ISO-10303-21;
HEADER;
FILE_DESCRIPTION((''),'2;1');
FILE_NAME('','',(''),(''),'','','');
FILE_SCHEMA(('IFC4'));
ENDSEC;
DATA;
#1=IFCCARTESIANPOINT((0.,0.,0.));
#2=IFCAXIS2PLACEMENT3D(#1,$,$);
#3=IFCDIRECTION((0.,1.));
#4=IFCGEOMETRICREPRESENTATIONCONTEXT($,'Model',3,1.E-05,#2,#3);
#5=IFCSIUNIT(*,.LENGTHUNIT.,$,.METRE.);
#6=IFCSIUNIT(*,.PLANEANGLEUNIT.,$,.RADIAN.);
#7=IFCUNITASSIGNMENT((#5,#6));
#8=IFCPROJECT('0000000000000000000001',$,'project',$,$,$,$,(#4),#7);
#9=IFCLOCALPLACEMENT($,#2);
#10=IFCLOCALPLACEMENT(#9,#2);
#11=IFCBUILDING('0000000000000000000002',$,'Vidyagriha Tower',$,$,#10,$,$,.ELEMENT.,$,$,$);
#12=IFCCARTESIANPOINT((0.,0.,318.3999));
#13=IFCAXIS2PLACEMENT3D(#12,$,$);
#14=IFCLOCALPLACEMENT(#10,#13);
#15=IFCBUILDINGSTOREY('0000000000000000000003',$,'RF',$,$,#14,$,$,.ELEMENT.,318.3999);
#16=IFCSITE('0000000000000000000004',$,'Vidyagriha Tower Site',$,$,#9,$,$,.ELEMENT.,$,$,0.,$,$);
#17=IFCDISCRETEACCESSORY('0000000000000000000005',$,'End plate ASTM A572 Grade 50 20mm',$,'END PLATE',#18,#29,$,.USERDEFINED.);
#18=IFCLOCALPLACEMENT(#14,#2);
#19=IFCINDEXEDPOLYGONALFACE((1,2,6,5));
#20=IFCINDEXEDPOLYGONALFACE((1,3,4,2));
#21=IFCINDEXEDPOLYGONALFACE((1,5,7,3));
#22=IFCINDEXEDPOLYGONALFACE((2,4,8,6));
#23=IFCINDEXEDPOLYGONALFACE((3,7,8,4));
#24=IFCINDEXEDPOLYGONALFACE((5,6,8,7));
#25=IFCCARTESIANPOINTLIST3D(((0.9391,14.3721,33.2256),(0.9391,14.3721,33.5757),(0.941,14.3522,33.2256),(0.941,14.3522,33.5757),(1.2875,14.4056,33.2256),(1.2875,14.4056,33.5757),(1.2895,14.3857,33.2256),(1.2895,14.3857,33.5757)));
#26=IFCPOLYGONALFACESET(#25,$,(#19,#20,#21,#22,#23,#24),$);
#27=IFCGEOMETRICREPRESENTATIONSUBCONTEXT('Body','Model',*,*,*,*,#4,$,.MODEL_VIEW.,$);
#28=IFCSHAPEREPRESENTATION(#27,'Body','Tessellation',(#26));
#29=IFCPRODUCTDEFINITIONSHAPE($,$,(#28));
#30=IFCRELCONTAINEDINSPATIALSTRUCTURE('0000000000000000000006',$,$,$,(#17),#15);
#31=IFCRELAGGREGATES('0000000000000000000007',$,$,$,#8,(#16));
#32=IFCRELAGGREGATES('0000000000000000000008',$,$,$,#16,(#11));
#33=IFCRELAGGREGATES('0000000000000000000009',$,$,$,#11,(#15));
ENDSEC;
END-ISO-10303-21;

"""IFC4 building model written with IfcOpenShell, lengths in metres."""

from ifc_helpers import new_model, si_unit, direction, frame, origin, origin_2d, place, context, subcontext, project, spatial, rectangle, extrude, element, save


model = new_model("IFC4")

# Units and contexts
model_context = context("Model", 3, precision=1e-05, world=origin(), true_north=direction((0.0, 1.0)))
body_context = subcontext(model_context, "Body", "Model", "MODEL_VIEW")
ifc_project = project(units=[si_unit("LENGTHUNIT", "METRE"), si_unit("PLANEANGLEUNIT", "RADIAN")], contexts=[model_context])

# Site, building, storey
site_placement = place(None, origin())
site = spatial("IfcSite", under=ifc_project, at=site_placement, Name="Vidyagriha Tower Site", CompositionType="ELEMENT", RefElevation=0.0)
building_placement = place(site_placement, origin())
building = spatial("IfcBuilding", under=site, at=building_placement, Name="Vidyagriha Tower", CompositionType="ELEMENT")
storey_placement = place(building_placement, frame((0.0, 0.0, 318.3999)))
storey = spatial("IfcBuildingStorey", under=building, at=storey_placement, Name="RF", CompositionType="ELEMENT", Elevation=318.3999)

# Discrete accessory
for number, where, z_axis, x_axis, name in (
    (1, (1.1143, 14.3789, 33.2256), (0.0, 0.0, 1.0), (0.995415, 0.095648, 0.0), "End plate ASTM A572 Grade 50 20mm"),
):
    element("IfcDiscreteAccessory", number, at=place(storey_placement, frame(where, z_axis=z_axis, x_axis=x_axis)), inside=storey, Name=name, ObjectType="END PLATE", PredefinedType="USERDEFINED", context=body_context, shape_type="SweptSolid", body=[
        extrude(rectangle(XDim=0.3501, YDim=0.02, at=origin_2d()), origin(), (0.0, 0.0, 1.0), 0.3501),
    ])

save(model, "model.ifc")
